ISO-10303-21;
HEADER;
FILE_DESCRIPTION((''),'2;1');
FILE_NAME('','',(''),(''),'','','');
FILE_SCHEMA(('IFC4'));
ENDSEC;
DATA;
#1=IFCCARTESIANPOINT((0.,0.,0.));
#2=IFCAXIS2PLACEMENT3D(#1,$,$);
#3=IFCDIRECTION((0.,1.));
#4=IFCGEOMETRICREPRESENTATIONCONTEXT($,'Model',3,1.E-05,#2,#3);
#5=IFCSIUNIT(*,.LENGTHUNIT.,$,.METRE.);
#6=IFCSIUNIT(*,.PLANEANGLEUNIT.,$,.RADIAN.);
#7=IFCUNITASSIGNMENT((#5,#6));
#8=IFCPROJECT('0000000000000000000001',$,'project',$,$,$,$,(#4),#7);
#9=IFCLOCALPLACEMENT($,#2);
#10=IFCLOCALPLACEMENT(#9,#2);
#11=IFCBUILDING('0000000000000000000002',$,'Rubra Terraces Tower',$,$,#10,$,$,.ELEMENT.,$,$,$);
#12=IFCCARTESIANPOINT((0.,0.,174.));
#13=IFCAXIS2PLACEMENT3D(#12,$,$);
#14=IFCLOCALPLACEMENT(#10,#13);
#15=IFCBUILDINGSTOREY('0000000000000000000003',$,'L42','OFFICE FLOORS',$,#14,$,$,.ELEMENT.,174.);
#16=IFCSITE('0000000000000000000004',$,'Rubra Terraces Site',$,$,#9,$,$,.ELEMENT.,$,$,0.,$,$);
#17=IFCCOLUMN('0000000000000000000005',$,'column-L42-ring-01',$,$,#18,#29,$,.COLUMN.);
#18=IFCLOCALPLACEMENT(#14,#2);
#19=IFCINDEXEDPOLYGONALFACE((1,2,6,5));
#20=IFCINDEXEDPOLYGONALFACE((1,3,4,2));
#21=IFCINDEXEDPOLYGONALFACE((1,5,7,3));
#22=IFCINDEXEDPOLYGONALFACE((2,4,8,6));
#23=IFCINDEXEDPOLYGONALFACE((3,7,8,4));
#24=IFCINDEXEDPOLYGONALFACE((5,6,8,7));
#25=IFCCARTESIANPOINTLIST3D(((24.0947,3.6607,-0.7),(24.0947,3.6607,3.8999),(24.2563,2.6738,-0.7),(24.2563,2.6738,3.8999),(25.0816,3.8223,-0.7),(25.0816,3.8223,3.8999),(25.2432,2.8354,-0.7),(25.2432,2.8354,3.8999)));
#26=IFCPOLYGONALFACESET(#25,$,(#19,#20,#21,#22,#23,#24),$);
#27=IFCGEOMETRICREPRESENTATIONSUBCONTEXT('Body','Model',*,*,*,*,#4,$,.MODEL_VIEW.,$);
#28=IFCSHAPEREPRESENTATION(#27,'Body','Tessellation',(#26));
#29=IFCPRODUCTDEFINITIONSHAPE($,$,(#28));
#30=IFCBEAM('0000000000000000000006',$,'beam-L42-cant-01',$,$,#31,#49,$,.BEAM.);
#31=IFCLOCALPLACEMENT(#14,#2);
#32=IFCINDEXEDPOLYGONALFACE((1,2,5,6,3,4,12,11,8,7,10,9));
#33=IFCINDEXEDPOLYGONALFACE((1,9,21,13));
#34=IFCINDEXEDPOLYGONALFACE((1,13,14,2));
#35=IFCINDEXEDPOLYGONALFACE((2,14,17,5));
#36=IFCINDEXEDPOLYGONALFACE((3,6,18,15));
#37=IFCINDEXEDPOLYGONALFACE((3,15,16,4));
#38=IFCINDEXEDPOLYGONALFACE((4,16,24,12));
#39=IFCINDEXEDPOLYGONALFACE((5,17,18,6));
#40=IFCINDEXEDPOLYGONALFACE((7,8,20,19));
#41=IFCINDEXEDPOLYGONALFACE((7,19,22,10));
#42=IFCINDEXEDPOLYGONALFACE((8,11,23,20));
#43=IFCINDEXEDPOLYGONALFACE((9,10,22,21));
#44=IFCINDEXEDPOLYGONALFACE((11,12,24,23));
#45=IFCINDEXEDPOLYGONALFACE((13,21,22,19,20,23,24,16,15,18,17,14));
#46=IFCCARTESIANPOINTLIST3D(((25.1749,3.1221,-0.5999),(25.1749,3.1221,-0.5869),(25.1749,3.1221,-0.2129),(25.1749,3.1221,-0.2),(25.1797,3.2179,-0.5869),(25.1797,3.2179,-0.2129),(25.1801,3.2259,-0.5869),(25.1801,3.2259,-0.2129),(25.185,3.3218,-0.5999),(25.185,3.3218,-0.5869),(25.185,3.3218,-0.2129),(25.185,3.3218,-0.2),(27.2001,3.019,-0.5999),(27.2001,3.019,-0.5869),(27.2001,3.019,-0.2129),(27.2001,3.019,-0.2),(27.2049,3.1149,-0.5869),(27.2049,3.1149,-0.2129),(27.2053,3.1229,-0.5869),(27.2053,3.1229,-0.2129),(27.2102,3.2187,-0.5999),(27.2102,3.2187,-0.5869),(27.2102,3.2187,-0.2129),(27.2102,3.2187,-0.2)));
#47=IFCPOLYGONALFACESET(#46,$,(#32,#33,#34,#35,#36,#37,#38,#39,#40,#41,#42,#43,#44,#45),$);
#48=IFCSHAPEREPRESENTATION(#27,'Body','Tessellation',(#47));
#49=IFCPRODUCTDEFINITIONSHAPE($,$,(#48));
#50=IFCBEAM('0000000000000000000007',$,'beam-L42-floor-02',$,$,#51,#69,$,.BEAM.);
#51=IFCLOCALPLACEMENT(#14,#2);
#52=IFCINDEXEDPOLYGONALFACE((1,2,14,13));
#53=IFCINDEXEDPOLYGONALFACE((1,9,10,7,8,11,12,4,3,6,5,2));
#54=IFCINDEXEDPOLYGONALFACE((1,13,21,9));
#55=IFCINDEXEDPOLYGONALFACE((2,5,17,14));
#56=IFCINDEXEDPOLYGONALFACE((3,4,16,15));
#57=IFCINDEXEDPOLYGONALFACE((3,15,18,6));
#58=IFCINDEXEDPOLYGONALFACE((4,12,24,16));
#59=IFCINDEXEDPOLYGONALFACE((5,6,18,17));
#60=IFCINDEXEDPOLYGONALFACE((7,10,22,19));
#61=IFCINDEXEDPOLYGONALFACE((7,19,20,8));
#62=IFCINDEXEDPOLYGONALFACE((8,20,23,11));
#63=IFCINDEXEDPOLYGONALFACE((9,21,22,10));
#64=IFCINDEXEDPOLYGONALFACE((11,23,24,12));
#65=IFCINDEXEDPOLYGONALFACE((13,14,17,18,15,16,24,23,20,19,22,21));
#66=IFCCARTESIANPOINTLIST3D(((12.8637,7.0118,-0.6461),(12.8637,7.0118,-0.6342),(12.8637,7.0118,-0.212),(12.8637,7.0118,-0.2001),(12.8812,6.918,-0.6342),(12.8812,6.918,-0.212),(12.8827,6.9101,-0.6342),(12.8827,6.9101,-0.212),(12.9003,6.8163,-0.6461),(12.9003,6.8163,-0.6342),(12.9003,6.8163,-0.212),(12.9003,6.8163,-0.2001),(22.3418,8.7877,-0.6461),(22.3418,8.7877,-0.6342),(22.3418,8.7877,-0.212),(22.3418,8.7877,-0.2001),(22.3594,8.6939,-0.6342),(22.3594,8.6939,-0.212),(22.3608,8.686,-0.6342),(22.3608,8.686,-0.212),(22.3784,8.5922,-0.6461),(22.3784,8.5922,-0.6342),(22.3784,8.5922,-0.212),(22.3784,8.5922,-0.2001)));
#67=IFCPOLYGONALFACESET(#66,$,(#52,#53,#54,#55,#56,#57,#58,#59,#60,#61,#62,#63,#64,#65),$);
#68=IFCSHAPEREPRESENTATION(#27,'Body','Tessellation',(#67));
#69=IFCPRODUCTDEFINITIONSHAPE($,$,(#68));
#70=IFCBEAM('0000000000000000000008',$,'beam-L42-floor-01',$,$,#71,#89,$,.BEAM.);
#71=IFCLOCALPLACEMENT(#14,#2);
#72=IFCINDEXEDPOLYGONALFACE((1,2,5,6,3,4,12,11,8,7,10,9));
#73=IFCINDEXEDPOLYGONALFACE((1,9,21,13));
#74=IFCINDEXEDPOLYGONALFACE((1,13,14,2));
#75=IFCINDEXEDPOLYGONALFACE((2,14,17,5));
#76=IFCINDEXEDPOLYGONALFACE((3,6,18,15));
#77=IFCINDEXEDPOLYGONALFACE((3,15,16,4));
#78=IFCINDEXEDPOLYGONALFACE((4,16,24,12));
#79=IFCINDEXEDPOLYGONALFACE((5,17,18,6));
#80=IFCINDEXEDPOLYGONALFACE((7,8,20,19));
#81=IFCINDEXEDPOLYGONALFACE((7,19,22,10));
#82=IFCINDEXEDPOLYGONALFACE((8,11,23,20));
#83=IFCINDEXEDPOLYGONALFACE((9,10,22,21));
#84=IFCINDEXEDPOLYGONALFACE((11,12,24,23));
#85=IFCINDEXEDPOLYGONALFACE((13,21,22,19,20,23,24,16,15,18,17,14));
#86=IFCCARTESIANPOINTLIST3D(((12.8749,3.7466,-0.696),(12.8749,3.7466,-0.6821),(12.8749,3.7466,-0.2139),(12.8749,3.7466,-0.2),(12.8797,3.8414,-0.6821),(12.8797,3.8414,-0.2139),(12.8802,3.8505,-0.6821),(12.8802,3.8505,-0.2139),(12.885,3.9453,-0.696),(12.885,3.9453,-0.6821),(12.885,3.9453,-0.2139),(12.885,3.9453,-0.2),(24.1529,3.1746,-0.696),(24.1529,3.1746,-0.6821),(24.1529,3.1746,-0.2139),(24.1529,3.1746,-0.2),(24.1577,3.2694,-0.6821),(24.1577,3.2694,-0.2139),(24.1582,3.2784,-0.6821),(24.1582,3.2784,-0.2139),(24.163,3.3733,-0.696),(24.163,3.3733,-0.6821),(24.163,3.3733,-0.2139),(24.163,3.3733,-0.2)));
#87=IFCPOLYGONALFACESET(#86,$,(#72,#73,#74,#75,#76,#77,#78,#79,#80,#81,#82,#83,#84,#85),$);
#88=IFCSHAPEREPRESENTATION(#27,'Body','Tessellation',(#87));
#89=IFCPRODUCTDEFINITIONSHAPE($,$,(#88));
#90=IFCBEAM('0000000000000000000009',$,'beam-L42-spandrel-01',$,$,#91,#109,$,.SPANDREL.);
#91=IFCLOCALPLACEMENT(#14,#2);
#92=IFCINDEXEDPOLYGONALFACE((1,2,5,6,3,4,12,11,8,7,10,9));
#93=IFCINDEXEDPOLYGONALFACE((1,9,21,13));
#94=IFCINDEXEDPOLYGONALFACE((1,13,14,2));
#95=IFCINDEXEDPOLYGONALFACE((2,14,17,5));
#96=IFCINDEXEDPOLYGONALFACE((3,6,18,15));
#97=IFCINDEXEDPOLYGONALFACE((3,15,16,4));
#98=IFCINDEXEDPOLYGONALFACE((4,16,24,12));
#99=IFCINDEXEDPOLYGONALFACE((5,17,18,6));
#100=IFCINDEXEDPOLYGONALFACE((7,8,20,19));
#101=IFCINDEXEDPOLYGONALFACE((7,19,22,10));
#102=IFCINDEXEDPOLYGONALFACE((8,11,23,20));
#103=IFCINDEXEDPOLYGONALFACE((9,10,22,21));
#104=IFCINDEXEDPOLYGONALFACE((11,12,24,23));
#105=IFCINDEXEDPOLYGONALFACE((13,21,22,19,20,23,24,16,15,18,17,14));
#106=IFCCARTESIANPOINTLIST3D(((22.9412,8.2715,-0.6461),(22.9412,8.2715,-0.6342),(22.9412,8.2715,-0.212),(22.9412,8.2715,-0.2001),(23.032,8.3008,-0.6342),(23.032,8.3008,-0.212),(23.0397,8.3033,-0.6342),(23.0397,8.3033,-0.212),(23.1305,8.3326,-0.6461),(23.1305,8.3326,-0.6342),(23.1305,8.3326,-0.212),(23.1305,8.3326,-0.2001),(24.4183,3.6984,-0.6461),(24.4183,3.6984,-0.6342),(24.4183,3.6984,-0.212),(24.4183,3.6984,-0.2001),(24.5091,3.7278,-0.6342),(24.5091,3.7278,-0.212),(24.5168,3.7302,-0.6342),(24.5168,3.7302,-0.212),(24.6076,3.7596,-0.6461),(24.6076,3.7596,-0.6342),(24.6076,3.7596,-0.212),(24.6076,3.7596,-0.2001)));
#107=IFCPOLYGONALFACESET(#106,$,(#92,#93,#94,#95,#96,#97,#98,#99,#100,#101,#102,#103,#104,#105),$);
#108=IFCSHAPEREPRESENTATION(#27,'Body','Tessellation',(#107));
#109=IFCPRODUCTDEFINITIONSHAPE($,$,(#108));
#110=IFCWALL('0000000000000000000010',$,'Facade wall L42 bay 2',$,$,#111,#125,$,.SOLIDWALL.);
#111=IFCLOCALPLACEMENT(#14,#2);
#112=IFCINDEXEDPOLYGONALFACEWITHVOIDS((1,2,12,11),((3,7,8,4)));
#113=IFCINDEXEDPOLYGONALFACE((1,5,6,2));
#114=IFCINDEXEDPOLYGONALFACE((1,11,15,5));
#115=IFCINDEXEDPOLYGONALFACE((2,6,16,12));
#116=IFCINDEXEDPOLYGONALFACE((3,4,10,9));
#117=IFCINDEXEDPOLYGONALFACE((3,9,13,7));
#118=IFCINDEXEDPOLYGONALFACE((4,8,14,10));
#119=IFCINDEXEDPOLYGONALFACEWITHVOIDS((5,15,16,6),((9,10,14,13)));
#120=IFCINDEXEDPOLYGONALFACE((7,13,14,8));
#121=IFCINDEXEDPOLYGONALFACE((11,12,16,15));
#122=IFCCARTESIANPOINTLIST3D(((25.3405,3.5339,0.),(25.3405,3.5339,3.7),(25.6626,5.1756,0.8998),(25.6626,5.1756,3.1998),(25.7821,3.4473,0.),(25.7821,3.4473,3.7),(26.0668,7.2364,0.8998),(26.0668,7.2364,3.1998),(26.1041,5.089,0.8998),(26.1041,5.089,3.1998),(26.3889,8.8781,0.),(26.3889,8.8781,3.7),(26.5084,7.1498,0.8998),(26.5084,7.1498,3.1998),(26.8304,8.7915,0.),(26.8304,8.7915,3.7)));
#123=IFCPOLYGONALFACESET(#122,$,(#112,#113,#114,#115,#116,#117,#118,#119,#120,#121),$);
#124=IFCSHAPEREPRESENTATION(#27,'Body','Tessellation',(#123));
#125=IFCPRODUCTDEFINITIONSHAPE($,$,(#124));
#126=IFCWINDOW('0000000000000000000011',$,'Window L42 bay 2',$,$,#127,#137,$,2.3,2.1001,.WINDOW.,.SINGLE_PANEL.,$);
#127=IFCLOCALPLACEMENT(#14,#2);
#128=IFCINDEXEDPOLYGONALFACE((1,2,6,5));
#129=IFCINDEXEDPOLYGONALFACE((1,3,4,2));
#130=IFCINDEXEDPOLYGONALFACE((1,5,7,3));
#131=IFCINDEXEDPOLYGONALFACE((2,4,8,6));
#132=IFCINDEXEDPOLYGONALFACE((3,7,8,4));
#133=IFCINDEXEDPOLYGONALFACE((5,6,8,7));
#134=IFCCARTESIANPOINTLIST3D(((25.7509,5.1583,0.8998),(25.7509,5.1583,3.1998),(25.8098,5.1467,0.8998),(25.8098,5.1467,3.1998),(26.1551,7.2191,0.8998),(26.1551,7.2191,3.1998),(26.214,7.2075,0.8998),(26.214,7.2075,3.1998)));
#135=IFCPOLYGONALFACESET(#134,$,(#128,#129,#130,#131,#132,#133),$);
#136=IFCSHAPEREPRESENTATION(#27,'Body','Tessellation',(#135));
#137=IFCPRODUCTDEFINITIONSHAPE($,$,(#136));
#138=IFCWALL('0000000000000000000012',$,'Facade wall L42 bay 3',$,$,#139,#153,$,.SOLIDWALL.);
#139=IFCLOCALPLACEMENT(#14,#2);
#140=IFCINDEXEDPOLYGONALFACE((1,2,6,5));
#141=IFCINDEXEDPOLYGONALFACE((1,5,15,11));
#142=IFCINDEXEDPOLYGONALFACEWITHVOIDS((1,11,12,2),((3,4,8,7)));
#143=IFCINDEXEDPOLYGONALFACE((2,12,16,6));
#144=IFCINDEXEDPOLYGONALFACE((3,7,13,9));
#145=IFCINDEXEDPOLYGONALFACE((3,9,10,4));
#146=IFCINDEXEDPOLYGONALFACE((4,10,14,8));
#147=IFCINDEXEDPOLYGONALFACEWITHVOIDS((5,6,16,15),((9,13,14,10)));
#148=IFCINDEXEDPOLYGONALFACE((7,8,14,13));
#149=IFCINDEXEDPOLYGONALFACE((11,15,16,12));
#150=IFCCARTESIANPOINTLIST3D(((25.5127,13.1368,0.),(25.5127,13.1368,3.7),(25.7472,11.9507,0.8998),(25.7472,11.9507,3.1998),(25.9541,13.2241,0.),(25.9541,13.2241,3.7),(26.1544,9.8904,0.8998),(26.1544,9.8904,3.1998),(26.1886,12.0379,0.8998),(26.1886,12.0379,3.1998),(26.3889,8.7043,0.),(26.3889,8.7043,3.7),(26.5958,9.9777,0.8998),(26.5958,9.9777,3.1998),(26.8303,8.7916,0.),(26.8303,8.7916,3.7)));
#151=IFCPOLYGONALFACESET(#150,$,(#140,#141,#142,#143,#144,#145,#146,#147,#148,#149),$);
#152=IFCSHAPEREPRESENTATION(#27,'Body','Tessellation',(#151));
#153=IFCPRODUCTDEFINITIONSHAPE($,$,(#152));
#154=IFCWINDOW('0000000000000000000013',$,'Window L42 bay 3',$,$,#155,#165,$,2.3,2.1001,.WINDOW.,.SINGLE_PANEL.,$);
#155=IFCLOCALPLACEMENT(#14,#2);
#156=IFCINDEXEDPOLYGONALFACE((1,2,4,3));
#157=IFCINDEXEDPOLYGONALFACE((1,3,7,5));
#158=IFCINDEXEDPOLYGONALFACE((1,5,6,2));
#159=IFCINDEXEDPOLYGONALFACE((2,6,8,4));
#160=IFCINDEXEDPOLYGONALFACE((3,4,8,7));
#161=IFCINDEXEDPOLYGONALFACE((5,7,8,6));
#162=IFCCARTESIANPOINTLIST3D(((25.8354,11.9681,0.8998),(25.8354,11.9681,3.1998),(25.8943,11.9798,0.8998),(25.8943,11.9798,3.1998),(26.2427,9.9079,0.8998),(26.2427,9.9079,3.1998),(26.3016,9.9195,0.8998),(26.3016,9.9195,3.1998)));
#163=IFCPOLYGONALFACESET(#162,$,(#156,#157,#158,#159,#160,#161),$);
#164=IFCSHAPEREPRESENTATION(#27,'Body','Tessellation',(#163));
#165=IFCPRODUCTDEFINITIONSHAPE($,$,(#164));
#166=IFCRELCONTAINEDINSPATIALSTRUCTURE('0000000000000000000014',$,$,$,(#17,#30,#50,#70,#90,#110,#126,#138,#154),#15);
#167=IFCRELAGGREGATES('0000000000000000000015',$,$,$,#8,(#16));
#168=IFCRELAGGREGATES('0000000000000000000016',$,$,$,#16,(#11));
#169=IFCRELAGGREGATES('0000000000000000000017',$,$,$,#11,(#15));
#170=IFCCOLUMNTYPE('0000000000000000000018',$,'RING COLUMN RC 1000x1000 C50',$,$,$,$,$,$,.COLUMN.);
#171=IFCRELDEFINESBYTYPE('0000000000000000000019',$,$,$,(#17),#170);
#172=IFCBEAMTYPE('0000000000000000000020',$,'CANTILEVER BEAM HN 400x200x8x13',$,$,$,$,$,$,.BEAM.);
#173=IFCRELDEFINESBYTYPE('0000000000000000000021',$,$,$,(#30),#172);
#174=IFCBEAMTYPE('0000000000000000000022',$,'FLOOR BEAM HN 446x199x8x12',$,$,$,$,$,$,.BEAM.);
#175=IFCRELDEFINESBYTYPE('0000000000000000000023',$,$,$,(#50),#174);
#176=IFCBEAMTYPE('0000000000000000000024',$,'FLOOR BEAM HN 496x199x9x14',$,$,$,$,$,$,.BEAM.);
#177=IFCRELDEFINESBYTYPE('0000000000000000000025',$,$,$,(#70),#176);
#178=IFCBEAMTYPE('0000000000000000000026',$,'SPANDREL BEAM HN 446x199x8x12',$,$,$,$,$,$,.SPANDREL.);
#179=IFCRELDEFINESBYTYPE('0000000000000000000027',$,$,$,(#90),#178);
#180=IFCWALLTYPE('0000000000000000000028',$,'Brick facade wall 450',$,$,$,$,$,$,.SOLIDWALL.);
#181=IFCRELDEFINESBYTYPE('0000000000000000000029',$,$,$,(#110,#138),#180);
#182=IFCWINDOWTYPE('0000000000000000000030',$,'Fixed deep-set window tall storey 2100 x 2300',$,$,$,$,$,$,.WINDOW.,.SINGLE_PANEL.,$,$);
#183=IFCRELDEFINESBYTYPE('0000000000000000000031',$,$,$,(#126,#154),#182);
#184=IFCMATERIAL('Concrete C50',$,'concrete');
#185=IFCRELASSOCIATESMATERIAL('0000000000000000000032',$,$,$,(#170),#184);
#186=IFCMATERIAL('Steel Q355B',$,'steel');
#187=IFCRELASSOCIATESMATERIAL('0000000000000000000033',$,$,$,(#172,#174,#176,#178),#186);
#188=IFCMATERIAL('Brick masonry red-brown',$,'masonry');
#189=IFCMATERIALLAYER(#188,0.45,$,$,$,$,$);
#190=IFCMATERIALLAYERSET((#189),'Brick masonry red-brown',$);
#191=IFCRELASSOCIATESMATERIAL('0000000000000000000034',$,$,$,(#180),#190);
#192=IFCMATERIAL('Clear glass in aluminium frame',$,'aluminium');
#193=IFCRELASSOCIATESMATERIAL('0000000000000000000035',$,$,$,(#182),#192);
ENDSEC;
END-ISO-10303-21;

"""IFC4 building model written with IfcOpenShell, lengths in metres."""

from ifc_helpers import new_model, si_unit, direction, frame, frame_2d, origin, origin_2d, place, context, subcontext, project, spatial, rectangle, i_section, extrude, material, layer, layer_set, material_profile, profile_set, type_object, element, fill, save


model = new_model("IFC4")

# Units and contexts
model_context = context("Model", 3, precision=1e-05, world=origin(), true_north=direction((0.0, 1.0)))
body_context = subcontext(model_context, "Body", "Model", "MODEL_VIEW")
ifc_project = project(units=[si_unit("LENGTHUNIT", "METRE"), si_unit("PLANEANGLEUNIT", "RADIAN")], contexts=[model_context])

# Site, building, storey
site_placement = place(None, origin())
site = spatial("IfcSite", under=ifc_project, at=site_placement, Name="Rubra Terraces Site", CompositionType="ELEMENT", RefElevation=0.0)
building_placement = place(site_placement, origin())
building = spatial("IfcBuilding", under=site, at=building_placement, Name="Rubra Terraces Tower", CompositionType="ELEMENT")
storey_placement = place(building_placement, frame((0.0, 0.0, 174.0)))
storey = spatial("IfcBuildingStorey", under=building, at=storey_placement, Name="L42", Description="OFFICE FLOORS", CompositionType="ELEMENT", Elevation=174.0)

# Column
ifc_material_1 = material(Name="Concrete C50", Category="concrete")
ifc_material_profile_1 = material_profile(ifc_material_1, rectangle(XDim=1.0, YDim=1.0, at=origin_2d()), Name="RC 1000x1000")
ifc_profile_set_1 = profile_set([ifc_material_profile_1], Name="Concrete C50")
column_type = type_object("IfcColumnType", Name="RING COLUMN RC 1000x1000 C50", PredefinedType="COLUMN", material=ifc_profile_set_1)
column_placement = place(storey_placement, frame((24.6689, 3.248, -0.7), z_axis=(0.0, 0.0, 1.0), x_axis=(-0.161559, 0.986863, 0.0)))
element("IfcColumn", 1, at=column_placement, inside=storey, type_object=column_type, Name="column-L42-ring-01", PredefinedType="COLUMN", context=body_context, shape_type="SweptSolid", body=[
    extrude(rectangle(XDim=1.0, YDim=1.0, at=origin_2d()), origin(), (0.0, 0.0, 1.0), 4.5999),
])

# Beams
ifc_material_2 = material(Name="Steel Q355B", Category="steel")
ifc_material_profile_2 = material_profile(ifc_material_2, i_section(OverallWidth=0.2, OverallDepth=0.3999, WebThickness=0.0081, FlangeThickness=0.0129, at=origin_2d()), Name="HN 400x200x8x13")
ifc_profile_set_2 = profile_set([ifc_material_profile_2], Name="Steel Q355B")
beam_type_1 = type_object("IfcBeamType", Name="CANTILEVER BEAM HN 400x200x8x13", PredefinedType="BEAM", material=ifc_profile_set_2)
beam_1_placement = place(storey_placement, frame((25.1799, 3.2219, -0.3999), z_axis=(0.998708, -0.050808, 0.0), x_axis=(0.050808, 0.998708, 0.0)))
element("IfcBeam", 2, at=beam_1_placement, inside=storey, type_object=beam_type_1, Name="beam-L42-cant-01", PredefinedType="BEAM", context=body_context, shape_type="SweptSolid", body=[
    extrude(i_section(OverallWidth=0.2, OverallDepth=0.3999, WebThickness=0.0081, FlangeThickness=0.0129, at=origin_2d()), origin(), (0.0, 0.0, 1.0), 2.0278),
])
ifc_material_profile_3 = material_profile(ifc_material_2, i_section(OverallWidth=0.199, OverallDepth=0.446, WebThickness=0.0081, FlangeThickness=0.012, at=origin_2d()), Name="HN 446x199x8x12")
ifc_profile_set_3 = profile_set([ifc_material_profile_3], Name="Steel Q355B")
beam_type_2 = type_object("IfcBeamType", Name="FLOOR BEAM HN 446x199x8x12", PredefinedType="BEAM", material=ifc_profile_set_3)
beam_2_placement = place(storey_placement, frame((22.3601, 8.6899, -0.4231), z_axis=(-0.982896, -0.184163, 0.0), x_axis=(0.184163, -0.982896, 0.0)))
element("IfcBeam", 3, at=beam_2_placement, inside=storey, type_object=beam_type_2, Name="beam-L42-floor-02", PredefinedType="BEAM", context=body_context, shape_type="SweptSolid", body=[
    extrude(i_section(OverallWidth=0.199, OverallDepth=0.446, WebThickness=0.0081, FlangeThickness=0.012, at=origin_2d()), origin(), (0.0, 0.0, 1.0), 9.6431),
])
ifc_material_profile_4 = material_profile(ifc_material_2, i_section(OverallWidth=0.199, OverallDepth=0.4961, WebThickness=0.009, FlangeThickness=0.0139, at=origin_2d()), Name="HN 496x199x9x14")
ifc_profile_set_4 = profile_set([ifc_material_profile_4], Name="Steel Q355B")
beam_type_3 = type_object("IfcBeamType", Name="FLOOR BEAM HN 496x199x9x14", PredefinedType="BEAM", material=ifc_profile_set_4)
beam_3_placement = place(storey_placement, frame((24.158, 3.2739, -0.448), z_axis=(-0.998716, 0.050655, 0.0), x_axis=(-0.050655, -0.998716, 0.0)))
element("IfcBeam", 4, at=beam_3_placement, inside=storey, type_object=beam_type_3, Name="beam-L42-floor-01", PredefinedType="BEAM", context=body_context, shape_type="SweptSolid", body=[
    extrude(i_section(OverallWidth=0.199, OverallDepth=0.4961, WebThickness=0.009, FlangeThickness=0.0139, at=origin_2d()), origin(), (0.0, 0.0, 1.0), 11.2925),
])
ifc_material_profile_5 = material_profile(ifc_material_2, i_section(OverallWidth=0.199, OverallDepth=0.446, WebThickness=0.0081, FlangeThickness=0.012, at=origin_2d()), Name="HN 446x199x8x12")
ifc_profile_set_5 = profile_set([ifc_material_profile_5], Name="Steel Q355B")
beam_type_4 = type_object("IfcBeamType", Name="SPANDREL BEAM HN 446x199x8x12", PredefinedType="SPANDREL", material=ifc_profile_set_5)
beam_4_placement = place(storey_placement, frame((24.5129, 3.729, -0.4231), z_axis=(-0.307359, 0.951594, 0.0), x_axis=(-0.951594, -0.307359, 0.0)))
element("IfcBeam", 5, at=beam_4_placement, inside=storey, type_object=beam_type_4, Name="beam-L42-spandrel-01", PredefinedType="SPANDREL", context=body_context, shape_type="SweptSolid", body=[
    extrude(i_section(OverallWidth=0.199, OverallDepth=0.446, WebThickness=0.0081, FlangeThickness=0.012, at=origin_2d()), origin(), (0.0, 0.0, 1.0), 4.8057),
])

# Walls, openings, windows
ifc_material_3 = material(Name="Brick masonry red-brown", Category="masonry")
ifc_layer_1 = layer(ifc_material_3, 0.45)
ifc_layer_set_1 = layer_set([ifc_layer_1], Name="Brick masonry red-brown")
wall_type_1 = type_object("IfcWallType", Name="Brick facade wall 450", PredefinedType="SOLIDWALL", material=ifc_layer_set_1)
wall_1_placement = place(storey_placement, frame((25.5613, 3.4905, 0.0), z_axis=(0.0, 0.0, 1.0), x_axis=(0.192494, 0.981298, 0.0)))
wall_1 = element("IfcWall", 6, at=wall_1_placement, inside=storey, type_object=wall_type_1, Name="Facade wall L42 bay 2", PredefinedType="SOLIDWALL", context=body_context, shape_type="SweptSolid", body=[
    extrude(rectangle(XDim=5.446, YDim=0.45, at=frame_2d((2.7231, 0.0))), origin(), (0.0, 0.0, 1.0), 3.7),
])
opening_1_placement = place(wall_1_placement, frame((1.6731, 0.0, 0.8999)))
opening_1 = element("IfcOpeningElement", 7, at=opening_1_placement, cuts=wall_1, PredefinedType="OPENING", context=body_context, shape_type="SweptSolid", body=[
    extrude(rectangle(XDim=2.1001, YDim=2.3, at=frame_2d((1.05, 1.1499))), frame((0.0, 0.2349, 0.0), z_axis=(0.0, -1.0, 0.0), x_axis=(1.0, 0.0, 0.0)), (0.0, 0.0, 1.0), 0.47),
])
ifc_material_4 = material(Name="Clear glass in aluminium frame", Category="aluminium")
window_type = type_object("IfcWindowType", Name="Fixed deep-set window tall storey 2100 x 2300", PartitioningType="SINGLE_PANEL", PredefinedType="WINDOW", material=ifc_material_4)
window_1_placement = place(opening_1_placement, origin())
window_1 = element("IfcWindow", 8, at=window_1_placement, inside=storey, type_object=window_type, Name="Window L42 bay 2", OverallHeight=2.3, OverallWidth=2.1001, PartitioningType="SINGLE_PANEL", PredefinedType="WINDOW", context=body_context, shape_type="SweptSolid", body=[
    extrude(rectangle(XDim=2.1001, YDim=2.3, at=frame_2d((1.05, 1.1499))), frame((0.0, 0.135, 0.0), z_axis=(0.0, -1.0, 0.0), x_axis=(1.0, 0.0, 0.0)), (0.0, 0.0, 1.0), 0.0601),
])
fill(opening_1, window_1)
wall_2_placement = place(storey_placement, frame((26.6096, 8.7478, 0.0), z_axis=(0.0, 0.0, 1.0), x_axis=(-0.193923, 0.981017, 0.0)))
wall_2 = element("IfcWall", 9, at=wall_2_placement, inside=storey, type_object=wall_type_1, Name="Facade wall L42 bay 3", PredefinedType="SOLIDWALL", context=body_context, shape_type="SweptSolid", body=[
    extrude(rectangle(XDim=4.5183, YDim=0.45, at=frame_2d((2.2593, 0.0))), origin(), (0.0, 0.0, 1.0), 3.7),
])
opening_2_placement = place(wall_2_placement, frame((1.2092, 0.0, 0.8999)))
opening_2 = element("IfcOpeningElement", 10, at=opening_2_placement, cuts=wall_2, PredefinedType="OPENING", context=body_context, shape_type="SweptSolid", body=[
    extrude(rectangle(XDim=2.1001, YDim=2.3, at=frame_2d((1.05, 1.1499))), frame((0.0, 0.2349, 0.0), z_axis=(0.0, -1.0, 0.0), x_axis=(1.0, 0.0, 0.0)), (0.0, 0.0, 1.0), 0.47),
])
window_2_placement = place(opening_2_placement, origin())
window_2 = element("IfcWindow", 11, at=window_2_placement, inside=storey, type_object=window_type, Name="Window L42 bay 3", OverallHeight=2.3, OverallWidth=2.1001, PartitioningType="SINGLE_PANEL", PredefinedType="WINDOW", context=body_context, shape_type="SweptSolid", body=[
    extrude(rectangle(XDim=2.1001, YDim=2.3, at=frame_2d((1.05, 1.1499))), frame((0.0, 0.135, 0.0), z_axis=(0.0, -1.0, 0.0), x_axis=(1.0, 0.0, 0.0)), (0.0, 0.0, 1.0), 0.0601),
])
fill(opening_2, window_2)

save(model, "model.ifc")
